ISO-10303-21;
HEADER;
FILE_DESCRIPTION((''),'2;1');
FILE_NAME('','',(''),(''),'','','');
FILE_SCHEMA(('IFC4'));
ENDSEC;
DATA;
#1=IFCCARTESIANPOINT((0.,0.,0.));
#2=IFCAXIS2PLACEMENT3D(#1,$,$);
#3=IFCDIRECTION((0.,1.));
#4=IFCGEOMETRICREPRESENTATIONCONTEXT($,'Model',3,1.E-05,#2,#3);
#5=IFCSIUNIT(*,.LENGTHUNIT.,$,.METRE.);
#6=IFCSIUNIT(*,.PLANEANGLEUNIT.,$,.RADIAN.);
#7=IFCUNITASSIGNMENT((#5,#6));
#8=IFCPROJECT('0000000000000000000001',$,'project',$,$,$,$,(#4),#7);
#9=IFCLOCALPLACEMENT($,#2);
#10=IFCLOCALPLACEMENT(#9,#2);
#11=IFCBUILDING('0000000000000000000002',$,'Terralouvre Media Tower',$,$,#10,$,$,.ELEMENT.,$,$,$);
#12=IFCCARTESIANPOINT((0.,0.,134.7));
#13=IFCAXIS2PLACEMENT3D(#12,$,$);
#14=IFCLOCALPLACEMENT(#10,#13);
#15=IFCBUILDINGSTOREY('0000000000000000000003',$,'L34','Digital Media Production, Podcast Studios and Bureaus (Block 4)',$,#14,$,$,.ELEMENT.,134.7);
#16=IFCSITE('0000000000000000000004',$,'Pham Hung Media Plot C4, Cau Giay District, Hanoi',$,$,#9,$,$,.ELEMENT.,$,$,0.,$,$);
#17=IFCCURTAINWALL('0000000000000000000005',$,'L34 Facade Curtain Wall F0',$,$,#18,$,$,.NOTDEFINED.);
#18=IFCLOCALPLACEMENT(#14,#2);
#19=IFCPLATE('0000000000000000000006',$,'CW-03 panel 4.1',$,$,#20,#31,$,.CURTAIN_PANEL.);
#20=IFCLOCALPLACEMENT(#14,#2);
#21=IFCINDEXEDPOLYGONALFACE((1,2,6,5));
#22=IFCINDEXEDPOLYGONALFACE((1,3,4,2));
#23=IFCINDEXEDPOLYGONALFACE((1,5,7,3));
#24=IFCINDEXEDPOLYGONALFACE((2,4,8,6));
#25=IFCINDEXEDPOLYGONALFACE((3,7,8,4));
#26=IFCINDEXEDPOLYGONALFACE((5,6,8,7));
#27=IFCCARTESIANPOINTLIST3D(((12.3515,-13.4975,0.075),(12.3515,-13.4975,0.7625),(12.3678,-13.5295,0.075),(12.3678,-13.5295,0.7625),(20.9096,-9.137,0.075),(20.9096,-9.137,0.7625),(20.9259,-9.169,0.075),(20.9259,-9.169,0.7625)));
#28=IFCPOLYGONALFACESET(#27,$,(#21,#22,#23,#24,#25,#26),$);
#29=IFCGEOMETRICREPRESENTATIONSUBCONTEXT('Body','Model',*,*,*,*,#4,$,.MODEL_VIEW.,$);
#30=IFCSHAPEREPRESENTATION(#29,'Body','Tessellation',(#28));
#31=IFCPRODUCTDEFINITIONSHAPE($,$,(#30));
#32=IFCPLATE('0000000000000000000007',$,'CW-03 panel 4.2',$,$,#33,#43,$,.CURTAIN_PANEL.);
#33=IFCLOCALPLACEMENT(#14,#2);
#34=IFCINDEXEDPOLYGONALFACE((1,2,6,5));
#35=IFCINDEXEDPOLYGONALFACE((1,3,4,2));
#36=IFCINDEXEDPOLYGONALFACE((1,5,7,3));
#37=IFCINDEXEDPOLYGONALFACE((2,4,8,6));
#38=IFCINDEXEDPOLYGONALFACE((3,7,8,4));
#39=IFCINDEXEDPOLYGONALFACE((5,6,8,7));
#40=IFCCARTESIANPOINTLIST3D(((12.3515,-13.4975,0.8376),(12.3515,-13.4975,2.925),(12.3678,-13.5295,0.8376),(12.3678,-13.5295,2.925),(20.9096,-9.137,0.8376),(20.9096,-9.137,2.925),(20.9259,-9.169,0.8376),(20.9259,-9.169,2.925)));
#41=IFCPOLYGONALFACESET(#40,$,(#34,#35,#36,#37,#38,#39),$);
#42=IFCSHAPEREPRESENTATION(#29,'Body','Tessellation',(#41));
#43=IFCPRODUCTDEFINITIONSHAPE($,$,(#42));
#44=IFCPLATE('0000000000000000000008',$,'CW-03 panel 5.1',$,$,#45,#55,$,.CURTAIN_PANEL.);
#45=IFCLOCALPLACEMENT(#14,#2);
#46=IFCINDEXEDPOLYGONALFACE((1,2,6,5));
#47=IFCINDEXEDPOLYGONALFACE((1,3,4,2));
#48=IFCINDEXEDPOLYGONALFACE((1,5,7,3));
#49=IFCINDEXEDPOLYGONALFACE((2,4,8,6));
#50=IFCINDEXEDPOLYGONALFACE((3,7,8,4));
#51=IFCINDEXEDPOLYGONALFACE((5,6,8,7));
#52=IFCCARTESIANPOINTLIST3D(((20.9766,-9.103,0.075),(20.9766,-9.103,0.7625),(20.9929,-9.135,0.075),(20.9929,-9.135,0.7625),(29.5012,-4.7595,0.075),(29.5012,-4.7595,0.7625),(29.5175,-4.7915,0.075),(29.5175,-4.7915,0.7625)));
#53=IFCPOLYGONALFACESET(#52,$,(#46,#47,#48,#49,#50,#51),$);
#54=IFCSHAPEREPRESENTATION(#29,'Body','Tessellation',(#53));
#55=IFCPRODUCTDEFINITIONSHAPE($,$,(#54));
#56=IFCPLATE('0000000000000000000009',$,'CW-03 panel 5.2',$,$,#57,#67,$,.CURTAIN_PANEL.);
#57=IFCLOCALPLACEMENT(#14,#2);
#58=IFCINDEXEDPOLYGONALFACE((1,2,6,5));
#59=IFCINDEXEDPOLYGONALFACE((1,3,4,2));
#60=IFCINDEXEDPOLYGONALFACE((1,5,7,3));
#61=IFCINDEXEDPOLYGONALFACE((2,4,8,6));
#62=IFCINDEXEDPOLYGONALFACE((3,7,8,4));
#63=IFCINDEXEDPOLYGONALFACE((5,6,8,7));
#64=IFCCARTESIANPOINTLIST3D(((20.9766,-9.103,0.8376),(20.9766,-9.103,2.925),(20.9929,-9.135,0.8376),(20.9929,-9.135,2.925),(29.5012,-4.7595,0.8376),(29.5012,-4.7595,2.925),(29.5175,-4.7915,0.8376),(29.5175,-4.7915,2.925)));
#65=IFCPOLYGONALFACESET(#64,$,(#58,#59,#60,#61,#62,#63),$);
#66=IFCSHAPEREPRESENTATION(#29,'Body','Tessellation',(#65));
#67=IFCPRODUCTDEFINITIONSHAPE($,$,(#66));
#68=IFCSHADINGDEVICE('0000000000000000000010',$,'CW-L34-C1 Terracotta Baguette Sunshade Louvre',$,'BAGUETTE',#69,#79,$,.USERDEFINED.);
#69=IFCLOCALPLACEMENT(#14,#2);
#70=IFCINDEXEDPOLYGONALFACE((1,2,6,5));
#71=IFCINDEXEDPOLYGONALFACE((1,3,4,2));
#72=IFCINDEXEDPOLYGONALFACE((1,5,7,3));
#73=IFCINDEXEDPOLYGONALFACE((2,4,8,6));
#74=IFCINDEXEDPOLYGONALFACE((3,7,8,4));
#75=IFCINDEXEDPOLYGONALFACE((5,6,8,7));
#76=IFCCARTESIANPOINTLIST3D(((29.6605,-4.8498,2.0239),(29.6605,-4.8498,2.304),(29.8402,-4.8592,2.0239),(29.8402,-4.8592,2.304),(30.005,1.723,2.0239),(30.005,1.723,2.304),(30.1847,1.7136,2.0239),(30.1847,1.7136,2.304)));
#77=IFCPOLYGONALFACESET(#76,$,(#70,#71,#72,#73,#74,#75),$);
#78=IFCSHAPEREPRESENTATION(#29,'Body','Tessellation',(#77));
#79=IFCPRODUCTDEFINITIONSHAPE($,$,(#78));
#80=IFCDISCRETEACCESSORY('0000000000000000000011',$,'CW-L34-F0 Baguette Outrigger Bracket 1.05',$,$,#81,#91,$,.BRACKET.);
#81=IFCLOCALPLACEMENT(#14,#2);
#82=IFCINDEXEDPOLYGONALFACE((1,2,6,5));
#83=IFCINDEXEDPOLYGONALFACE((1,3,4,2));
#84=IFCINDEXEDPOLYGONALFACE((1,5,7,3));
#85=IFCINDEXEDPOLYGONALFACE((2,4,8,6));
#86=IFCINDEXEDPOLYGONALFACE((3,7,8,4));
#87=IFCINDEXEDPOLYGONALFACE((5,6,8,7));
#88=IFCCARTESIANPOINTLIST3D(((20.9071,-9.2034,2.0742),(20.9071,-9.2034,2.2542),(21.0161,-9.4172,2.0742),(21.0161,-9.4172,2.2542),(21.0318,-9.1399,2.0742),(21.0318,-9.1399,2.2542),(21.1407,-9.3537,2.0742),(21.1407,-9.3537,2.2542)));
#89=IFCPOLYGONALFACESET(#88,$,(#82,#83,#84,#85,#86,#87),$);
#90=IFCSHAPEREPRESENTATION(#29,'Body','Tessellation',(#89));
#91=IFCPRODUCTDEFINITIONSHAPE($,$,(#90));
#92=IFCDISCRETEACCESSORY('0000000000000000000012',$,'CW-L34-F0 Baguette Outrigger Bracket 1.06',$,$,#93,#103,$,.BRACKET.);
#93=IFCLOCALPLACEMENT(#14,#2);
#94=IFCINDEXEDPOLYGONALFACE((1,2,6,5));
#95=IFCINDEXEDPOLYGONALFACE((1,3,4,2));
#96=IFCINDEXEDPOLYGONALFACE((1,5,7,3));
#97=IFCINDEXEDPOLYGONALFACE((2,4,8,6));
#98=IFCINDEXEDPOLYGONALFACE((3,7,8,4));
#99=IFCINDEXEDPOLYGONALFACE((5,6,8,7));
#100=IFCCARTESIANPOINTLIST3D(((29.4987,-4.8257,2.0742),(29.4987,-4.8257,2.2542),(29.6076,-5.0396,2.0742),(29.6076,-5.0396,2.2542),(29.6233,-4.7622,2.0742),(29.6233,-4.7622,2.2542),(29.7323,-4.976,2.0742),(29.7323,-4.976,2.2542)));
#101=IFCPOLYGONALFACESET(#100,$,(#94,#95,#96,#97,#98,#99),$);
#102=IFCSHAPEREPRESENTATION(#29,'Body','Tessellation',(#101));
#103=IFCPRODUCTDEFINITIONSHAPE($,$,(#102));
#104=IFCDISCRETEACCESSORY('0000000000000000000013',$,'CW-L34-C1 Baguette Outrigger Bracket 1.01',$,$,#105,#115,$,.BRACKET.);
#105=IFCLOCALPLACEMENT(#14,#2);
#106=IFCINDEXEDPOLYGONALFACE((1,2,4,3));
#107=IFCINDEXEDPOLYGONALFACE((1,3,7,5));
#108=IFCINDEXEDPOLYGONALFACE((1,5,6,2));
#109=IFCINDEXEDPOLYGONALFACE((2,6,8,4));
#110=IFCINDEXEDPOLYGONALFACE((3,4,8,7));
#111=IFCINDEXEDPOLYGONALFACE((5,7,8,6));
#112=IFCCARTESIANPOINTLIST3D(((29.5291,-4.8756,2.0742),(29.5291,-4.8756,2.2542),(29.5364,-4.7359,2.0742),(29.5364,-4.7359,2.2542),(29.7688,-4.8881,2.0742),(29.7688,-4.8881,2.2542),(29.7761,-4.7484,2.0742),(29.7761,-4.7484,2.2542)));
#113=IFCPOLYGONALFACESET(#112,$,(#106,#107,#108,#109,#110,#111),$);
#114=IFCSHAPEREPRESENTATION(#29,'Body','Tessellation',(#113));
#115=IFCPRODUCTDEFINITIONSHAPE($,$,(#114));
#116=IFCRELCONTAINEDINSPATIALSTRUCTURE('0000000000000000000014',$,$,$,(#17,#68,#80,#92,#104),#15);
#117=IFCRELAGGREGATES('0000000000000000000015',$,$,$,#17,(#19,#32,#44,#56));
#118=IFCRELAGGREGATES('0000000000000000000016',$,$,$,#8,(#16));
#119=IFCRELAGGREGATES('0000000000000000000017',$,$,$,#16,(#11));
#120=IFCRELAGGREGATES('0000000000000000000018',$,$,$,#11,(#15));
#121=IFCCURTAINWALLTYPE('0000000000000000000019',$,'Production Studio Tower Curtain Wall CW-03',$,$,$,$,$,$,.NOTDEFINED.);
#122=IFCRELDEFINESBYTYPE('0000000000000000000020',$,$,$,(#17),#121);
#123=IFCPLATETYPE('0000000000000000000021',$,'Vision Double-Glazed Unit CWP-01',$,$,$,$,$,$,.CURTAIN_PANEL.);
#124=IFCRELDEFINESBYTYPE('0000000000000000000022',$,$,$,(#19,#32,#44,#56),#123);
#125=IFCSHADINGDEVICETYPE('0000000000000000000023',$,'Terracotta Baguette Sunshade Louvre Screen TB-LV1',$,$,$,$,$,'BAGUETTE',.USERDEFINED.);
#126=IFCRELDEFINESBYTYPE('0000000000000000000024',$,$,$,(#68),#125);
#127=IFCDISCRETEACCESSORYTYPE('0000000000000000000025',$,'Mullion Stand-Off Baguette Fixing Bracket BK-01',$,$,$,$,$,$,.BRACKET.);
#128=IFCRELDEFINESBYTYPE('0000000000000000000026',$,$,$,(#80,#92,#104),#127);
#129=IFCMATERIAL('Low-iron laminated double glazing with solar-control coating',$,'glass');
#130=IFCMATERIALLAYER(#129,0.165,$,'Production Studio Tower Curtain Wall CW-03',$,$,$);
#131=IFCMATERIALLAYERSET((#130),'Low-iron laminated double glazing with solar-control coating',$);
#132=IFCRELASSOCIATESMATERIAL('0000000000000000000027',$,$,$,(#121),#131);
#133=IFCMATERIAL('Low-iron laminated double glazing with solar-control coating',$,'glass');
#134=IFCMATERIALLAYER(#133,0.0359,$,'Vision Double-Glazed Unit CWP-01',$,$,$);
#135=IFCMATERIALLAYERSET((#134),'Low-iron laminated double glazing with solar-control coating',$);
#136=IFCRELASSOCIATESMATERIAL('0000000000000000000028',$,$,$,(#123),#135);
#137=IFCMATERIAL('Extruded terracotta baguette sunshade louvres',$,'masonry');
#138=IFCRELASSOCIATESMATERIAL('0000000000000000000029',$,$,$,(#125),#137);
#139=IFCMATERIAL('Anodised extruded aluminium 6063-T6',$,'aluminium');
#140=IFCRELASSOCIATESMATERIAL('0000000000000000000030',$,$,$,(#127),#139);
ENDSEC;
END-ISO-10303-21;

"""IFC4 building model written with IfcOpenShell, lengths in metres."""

from ifc_helpers import new_model, si_unit, direction, frame, origin, origin_2d, place, context, subcontext, project, spatial, rectangle, extrude, material, layer, layer_set, type_object, element, aggregate, save


model = new_model("IFC4")

# Units and contexts
model_context = context("Model", 3, precision=1e-05, world=origin(), true_north=direction((0.0, 1.0)))
body_context = subcontext(model_context, "Body", "Model", "MODEL_VIEW")
ifc_project = project(units=[si_unit("LENGTHUNIT", "METRE"), si_unit("PLANEANGLEUNIT", "RADIAN")], contexts=[model_context])

# Site, building, storey
site_placement = place(None, origin())
site = spatial("IfcSite", under=ifc_project, at=site_placement, Name="Pham Hung Media Plot C4, Cau Giay District, Hanoi", CompositionType="ELEMENT", RefElevation=0.0)
building_placement = place(site_placement, origin())
building = spatial("IfcBuilding", under=site, at=building_placement, Name="Terralouvre Media Tower", CompositionType="ELEMENT")
storey_placement = place(building_placement, frame((0.0, 0.0, 134.7)))
storey = spatial("IfcBuildingStorey", under=building, at=storey_placement, Name="L34", Description="Digital Media Production, Podcast Studios and Bureaus (Block 4)", CompositionType="ELEMENT", Elevation=134.7)

# Curtain wall
ifc_material_1 = material(Name="Low-iron laminated double glazing with solar-control coating", Category="glass")
ifc_layer_1 = layer(ifc_material_1, 0.165, Name="Production Studio Tower Curtain Wall CW-03")
ifc_layer_set_1 = layer_set([ifc_layer_1], Name="Low-iron laminated double glazing with solar-control coating")
curtain_wall_type_1 = type_object("IfcCurtainWallType", Name="Production Studio Tower Curtain Wall CW-03", PredefinedType="NOTDEFINED", material=ifc_layer_set_1)
curtain_wall_1_placement = place(storey_placement, origin())
curtain_wall_1 = element("IfcCurtainWall", 1, at=curtain_wall_1_placement, inside=storey, type_object=curtain_wall_type_1, Name="L34 Facade Curtain Wall F0", PredefinedType="NOTDEFINED")

# Plates
ifc_material_2 = material(Name="Low-iron laminated double glazing with solar-control coating", Category="glass")
ifc_layer_2 = layer(ifc_material_2, 0.0359, Name="Vision Double-Glazed Unit CWP-01")
ifc_layer_set_2 = layer_set([ifc_layer_2], Name="Low-iron laminated double glazing with solar-control coating")
plate_type_1 = type_object("IfcPlateType", Name="Vision Double-Glazed Unit CWP-01", PredefinedType="CURTAIN_PANEL", material=ifc_layer_set_2)
plate_1_placement = place(storey_placement, frame((16.6387, -11.3333, 0.075), z_axis=(0.0, 0.0, 1.0), x_axis=(0.891007, 0.453991, 0.0)))
plate_1 = element("IfcPlate", 2, at=plate_1_placement, type_object=plate_type_1, Name="CW-03 panel 4.1", PredefinedType="CURTAIN_PANEL", context=body_context, shape_type="SweptSolid", body=[
    extrude(rectangle(XDim=9.605, YDim=0.0359, at=origin_2d()), origin(), (0.0, 0.0, 1.0), 0.6875),
])
plate_2_placement = place(storey_placement, frame((16.6387, -11.3333, 0.8376), z_axis=(0.0, 0.0, 1.0), x_axis=(0.891007, 0.453991, 0.0)))
plate_2 = element("IfcPlate", 3, at=plate_2_placement, type_object=plate_type_1, Name="CW-03 panel 4.2", PredefinedType="CURTAIN_PANEL", context=body_context, shape_type="SweptSolid", body=[
    extrude(rectangle(XDim=9.605, YDim=0.0359, at=origin_2d()), origin(), (0.0, 0.0, 1.0), 2.0874),
])
plate_3_placement = place(storey_placement, frame((25.2471, -6.9473, 0.075), z_axis=(0.0, 0.0, 1.0), x_axis=(0.891007, 0.453991, 0.0)))
plate_3 = element("IfcPlate", 4, at=plate_3_placement, type_object=plate_type_1, Name="CW-03 panel 5.1", PredefinedType="CURTAIN_PANEL", context=body_context, shape_type="SweptSolid", body=[
    extrude(rectangle(XDim=9.5674, YDim=0.0359, at=origin_2d()), origin(), (0.0, 0.0, 1.0), 0.6875),
])
plate_4_placement = place(storey_placement, frame((25.2471, -6.9473, 0.8376), z_axis=(0.0, 0.0, 1.0), x_axis=(0.891007, 0.453991, 0.0)))
plate_4 = element("IfcPlate", 5, at=plate_4_placement, type_object=plate_type_1, Name="CW-03 panel 5.2", PredefinedType="CURTAIN_PANEL", context=body_context, shape_type="SweptSolid", body=[
    extrude(rectangle(XDim=9.5674, YDim=0.0359, at=origin_2d()), origin(), (0.0, 0.0, 1.0), 2.0874),
])
aggregate(curtain_wall_1, [plate_1, plate_2, plate_3, plate_4])

# Shading device
ifc_material_3 = material(Name="Extruded terracotta baguette sunshade louvres", Category="masonry")
shading_device_type = type_object("IfcShadingDeviceType", Name="Terracotta Baguette Sunshade Louvre Screen TB-LV1", ElementType="BAGUETTE", PredefinedType="USERDEFINED", material=ifc_material_3)
shading_device_placement = place(storey_placement, frame((29.9226, -1.5681, 2.0239), z_axis=(0.0, 0.0, 1.0), x_axis=(0.052337, 0.998629, 0.0)))
element("IfcShadingDevice", 6, at=shading_device_placement, inside=storey, type_object=shading_device_type, Name="CW-L34-C1 Terracotta Baguette Sunshade Louvre", ObjectType="BAGUETTE", PredefinedType="USERDEFINED", context=body_context, shape_type="SweptSolid", body=[
    extrude(rectangle(XDim=6.5818, YDim=0.1799, at=origin_2d()), origin(), (0.0, 0.0, 1.0), 0.28),
])

# Discrete accessories
ifc_material_4 = material(Name="Anodised extruded aluminium 6063-T6", Category="aluminium")
discrete_accessory_type = type_object("IfcDiscreteAccessoryType", Name="Mullion Stand-Off Baguette Fixing Bracket BK-01", PredefinedType="BRACKET", material=ifc_material_4)
for number, where, z_axis, x_axis, name in (
    (7, (21.0239, -9.2786, 2.0742), (0.0, 0.0, 1.0), (0.891007, 0.453991, 0.0), "CW-L34-F0 Baguette Outrigger Bracket 1.05"),
    (8, (29.6155, -4.9009, 2.0742), (0.0, 0.0, 1.0), (0.891007, 0.453991, 0.0), "CW-L34-F0 Baguette Outrigger Bracket 1.06"),
    (9, (29.6526, -4.812, 2.0742), (0.0, 0.0, 1.0), (0.052337, 0.998629, 0.0), "CW-L34-C1 Baguette Outrigger Bracket 1.01"),
):
    element("IfcDiscreteAccessory", number, at=place(storey_placement, frame(where, z_axis=z_axis, x_axis=x_axis)), inside=storey, type_object=discrete_accessory_type, Name=name, PredefinedType="BRACKET", context=body_context, shape_type="SweptSolid", body=[
        extrude(rectangle(XDim=0.1399, YDim=0.24, at=origin_2d()), origin(), (0.0, 0.0, 1.0), 0.1799),
    ])

save(model, "model.ifc")
